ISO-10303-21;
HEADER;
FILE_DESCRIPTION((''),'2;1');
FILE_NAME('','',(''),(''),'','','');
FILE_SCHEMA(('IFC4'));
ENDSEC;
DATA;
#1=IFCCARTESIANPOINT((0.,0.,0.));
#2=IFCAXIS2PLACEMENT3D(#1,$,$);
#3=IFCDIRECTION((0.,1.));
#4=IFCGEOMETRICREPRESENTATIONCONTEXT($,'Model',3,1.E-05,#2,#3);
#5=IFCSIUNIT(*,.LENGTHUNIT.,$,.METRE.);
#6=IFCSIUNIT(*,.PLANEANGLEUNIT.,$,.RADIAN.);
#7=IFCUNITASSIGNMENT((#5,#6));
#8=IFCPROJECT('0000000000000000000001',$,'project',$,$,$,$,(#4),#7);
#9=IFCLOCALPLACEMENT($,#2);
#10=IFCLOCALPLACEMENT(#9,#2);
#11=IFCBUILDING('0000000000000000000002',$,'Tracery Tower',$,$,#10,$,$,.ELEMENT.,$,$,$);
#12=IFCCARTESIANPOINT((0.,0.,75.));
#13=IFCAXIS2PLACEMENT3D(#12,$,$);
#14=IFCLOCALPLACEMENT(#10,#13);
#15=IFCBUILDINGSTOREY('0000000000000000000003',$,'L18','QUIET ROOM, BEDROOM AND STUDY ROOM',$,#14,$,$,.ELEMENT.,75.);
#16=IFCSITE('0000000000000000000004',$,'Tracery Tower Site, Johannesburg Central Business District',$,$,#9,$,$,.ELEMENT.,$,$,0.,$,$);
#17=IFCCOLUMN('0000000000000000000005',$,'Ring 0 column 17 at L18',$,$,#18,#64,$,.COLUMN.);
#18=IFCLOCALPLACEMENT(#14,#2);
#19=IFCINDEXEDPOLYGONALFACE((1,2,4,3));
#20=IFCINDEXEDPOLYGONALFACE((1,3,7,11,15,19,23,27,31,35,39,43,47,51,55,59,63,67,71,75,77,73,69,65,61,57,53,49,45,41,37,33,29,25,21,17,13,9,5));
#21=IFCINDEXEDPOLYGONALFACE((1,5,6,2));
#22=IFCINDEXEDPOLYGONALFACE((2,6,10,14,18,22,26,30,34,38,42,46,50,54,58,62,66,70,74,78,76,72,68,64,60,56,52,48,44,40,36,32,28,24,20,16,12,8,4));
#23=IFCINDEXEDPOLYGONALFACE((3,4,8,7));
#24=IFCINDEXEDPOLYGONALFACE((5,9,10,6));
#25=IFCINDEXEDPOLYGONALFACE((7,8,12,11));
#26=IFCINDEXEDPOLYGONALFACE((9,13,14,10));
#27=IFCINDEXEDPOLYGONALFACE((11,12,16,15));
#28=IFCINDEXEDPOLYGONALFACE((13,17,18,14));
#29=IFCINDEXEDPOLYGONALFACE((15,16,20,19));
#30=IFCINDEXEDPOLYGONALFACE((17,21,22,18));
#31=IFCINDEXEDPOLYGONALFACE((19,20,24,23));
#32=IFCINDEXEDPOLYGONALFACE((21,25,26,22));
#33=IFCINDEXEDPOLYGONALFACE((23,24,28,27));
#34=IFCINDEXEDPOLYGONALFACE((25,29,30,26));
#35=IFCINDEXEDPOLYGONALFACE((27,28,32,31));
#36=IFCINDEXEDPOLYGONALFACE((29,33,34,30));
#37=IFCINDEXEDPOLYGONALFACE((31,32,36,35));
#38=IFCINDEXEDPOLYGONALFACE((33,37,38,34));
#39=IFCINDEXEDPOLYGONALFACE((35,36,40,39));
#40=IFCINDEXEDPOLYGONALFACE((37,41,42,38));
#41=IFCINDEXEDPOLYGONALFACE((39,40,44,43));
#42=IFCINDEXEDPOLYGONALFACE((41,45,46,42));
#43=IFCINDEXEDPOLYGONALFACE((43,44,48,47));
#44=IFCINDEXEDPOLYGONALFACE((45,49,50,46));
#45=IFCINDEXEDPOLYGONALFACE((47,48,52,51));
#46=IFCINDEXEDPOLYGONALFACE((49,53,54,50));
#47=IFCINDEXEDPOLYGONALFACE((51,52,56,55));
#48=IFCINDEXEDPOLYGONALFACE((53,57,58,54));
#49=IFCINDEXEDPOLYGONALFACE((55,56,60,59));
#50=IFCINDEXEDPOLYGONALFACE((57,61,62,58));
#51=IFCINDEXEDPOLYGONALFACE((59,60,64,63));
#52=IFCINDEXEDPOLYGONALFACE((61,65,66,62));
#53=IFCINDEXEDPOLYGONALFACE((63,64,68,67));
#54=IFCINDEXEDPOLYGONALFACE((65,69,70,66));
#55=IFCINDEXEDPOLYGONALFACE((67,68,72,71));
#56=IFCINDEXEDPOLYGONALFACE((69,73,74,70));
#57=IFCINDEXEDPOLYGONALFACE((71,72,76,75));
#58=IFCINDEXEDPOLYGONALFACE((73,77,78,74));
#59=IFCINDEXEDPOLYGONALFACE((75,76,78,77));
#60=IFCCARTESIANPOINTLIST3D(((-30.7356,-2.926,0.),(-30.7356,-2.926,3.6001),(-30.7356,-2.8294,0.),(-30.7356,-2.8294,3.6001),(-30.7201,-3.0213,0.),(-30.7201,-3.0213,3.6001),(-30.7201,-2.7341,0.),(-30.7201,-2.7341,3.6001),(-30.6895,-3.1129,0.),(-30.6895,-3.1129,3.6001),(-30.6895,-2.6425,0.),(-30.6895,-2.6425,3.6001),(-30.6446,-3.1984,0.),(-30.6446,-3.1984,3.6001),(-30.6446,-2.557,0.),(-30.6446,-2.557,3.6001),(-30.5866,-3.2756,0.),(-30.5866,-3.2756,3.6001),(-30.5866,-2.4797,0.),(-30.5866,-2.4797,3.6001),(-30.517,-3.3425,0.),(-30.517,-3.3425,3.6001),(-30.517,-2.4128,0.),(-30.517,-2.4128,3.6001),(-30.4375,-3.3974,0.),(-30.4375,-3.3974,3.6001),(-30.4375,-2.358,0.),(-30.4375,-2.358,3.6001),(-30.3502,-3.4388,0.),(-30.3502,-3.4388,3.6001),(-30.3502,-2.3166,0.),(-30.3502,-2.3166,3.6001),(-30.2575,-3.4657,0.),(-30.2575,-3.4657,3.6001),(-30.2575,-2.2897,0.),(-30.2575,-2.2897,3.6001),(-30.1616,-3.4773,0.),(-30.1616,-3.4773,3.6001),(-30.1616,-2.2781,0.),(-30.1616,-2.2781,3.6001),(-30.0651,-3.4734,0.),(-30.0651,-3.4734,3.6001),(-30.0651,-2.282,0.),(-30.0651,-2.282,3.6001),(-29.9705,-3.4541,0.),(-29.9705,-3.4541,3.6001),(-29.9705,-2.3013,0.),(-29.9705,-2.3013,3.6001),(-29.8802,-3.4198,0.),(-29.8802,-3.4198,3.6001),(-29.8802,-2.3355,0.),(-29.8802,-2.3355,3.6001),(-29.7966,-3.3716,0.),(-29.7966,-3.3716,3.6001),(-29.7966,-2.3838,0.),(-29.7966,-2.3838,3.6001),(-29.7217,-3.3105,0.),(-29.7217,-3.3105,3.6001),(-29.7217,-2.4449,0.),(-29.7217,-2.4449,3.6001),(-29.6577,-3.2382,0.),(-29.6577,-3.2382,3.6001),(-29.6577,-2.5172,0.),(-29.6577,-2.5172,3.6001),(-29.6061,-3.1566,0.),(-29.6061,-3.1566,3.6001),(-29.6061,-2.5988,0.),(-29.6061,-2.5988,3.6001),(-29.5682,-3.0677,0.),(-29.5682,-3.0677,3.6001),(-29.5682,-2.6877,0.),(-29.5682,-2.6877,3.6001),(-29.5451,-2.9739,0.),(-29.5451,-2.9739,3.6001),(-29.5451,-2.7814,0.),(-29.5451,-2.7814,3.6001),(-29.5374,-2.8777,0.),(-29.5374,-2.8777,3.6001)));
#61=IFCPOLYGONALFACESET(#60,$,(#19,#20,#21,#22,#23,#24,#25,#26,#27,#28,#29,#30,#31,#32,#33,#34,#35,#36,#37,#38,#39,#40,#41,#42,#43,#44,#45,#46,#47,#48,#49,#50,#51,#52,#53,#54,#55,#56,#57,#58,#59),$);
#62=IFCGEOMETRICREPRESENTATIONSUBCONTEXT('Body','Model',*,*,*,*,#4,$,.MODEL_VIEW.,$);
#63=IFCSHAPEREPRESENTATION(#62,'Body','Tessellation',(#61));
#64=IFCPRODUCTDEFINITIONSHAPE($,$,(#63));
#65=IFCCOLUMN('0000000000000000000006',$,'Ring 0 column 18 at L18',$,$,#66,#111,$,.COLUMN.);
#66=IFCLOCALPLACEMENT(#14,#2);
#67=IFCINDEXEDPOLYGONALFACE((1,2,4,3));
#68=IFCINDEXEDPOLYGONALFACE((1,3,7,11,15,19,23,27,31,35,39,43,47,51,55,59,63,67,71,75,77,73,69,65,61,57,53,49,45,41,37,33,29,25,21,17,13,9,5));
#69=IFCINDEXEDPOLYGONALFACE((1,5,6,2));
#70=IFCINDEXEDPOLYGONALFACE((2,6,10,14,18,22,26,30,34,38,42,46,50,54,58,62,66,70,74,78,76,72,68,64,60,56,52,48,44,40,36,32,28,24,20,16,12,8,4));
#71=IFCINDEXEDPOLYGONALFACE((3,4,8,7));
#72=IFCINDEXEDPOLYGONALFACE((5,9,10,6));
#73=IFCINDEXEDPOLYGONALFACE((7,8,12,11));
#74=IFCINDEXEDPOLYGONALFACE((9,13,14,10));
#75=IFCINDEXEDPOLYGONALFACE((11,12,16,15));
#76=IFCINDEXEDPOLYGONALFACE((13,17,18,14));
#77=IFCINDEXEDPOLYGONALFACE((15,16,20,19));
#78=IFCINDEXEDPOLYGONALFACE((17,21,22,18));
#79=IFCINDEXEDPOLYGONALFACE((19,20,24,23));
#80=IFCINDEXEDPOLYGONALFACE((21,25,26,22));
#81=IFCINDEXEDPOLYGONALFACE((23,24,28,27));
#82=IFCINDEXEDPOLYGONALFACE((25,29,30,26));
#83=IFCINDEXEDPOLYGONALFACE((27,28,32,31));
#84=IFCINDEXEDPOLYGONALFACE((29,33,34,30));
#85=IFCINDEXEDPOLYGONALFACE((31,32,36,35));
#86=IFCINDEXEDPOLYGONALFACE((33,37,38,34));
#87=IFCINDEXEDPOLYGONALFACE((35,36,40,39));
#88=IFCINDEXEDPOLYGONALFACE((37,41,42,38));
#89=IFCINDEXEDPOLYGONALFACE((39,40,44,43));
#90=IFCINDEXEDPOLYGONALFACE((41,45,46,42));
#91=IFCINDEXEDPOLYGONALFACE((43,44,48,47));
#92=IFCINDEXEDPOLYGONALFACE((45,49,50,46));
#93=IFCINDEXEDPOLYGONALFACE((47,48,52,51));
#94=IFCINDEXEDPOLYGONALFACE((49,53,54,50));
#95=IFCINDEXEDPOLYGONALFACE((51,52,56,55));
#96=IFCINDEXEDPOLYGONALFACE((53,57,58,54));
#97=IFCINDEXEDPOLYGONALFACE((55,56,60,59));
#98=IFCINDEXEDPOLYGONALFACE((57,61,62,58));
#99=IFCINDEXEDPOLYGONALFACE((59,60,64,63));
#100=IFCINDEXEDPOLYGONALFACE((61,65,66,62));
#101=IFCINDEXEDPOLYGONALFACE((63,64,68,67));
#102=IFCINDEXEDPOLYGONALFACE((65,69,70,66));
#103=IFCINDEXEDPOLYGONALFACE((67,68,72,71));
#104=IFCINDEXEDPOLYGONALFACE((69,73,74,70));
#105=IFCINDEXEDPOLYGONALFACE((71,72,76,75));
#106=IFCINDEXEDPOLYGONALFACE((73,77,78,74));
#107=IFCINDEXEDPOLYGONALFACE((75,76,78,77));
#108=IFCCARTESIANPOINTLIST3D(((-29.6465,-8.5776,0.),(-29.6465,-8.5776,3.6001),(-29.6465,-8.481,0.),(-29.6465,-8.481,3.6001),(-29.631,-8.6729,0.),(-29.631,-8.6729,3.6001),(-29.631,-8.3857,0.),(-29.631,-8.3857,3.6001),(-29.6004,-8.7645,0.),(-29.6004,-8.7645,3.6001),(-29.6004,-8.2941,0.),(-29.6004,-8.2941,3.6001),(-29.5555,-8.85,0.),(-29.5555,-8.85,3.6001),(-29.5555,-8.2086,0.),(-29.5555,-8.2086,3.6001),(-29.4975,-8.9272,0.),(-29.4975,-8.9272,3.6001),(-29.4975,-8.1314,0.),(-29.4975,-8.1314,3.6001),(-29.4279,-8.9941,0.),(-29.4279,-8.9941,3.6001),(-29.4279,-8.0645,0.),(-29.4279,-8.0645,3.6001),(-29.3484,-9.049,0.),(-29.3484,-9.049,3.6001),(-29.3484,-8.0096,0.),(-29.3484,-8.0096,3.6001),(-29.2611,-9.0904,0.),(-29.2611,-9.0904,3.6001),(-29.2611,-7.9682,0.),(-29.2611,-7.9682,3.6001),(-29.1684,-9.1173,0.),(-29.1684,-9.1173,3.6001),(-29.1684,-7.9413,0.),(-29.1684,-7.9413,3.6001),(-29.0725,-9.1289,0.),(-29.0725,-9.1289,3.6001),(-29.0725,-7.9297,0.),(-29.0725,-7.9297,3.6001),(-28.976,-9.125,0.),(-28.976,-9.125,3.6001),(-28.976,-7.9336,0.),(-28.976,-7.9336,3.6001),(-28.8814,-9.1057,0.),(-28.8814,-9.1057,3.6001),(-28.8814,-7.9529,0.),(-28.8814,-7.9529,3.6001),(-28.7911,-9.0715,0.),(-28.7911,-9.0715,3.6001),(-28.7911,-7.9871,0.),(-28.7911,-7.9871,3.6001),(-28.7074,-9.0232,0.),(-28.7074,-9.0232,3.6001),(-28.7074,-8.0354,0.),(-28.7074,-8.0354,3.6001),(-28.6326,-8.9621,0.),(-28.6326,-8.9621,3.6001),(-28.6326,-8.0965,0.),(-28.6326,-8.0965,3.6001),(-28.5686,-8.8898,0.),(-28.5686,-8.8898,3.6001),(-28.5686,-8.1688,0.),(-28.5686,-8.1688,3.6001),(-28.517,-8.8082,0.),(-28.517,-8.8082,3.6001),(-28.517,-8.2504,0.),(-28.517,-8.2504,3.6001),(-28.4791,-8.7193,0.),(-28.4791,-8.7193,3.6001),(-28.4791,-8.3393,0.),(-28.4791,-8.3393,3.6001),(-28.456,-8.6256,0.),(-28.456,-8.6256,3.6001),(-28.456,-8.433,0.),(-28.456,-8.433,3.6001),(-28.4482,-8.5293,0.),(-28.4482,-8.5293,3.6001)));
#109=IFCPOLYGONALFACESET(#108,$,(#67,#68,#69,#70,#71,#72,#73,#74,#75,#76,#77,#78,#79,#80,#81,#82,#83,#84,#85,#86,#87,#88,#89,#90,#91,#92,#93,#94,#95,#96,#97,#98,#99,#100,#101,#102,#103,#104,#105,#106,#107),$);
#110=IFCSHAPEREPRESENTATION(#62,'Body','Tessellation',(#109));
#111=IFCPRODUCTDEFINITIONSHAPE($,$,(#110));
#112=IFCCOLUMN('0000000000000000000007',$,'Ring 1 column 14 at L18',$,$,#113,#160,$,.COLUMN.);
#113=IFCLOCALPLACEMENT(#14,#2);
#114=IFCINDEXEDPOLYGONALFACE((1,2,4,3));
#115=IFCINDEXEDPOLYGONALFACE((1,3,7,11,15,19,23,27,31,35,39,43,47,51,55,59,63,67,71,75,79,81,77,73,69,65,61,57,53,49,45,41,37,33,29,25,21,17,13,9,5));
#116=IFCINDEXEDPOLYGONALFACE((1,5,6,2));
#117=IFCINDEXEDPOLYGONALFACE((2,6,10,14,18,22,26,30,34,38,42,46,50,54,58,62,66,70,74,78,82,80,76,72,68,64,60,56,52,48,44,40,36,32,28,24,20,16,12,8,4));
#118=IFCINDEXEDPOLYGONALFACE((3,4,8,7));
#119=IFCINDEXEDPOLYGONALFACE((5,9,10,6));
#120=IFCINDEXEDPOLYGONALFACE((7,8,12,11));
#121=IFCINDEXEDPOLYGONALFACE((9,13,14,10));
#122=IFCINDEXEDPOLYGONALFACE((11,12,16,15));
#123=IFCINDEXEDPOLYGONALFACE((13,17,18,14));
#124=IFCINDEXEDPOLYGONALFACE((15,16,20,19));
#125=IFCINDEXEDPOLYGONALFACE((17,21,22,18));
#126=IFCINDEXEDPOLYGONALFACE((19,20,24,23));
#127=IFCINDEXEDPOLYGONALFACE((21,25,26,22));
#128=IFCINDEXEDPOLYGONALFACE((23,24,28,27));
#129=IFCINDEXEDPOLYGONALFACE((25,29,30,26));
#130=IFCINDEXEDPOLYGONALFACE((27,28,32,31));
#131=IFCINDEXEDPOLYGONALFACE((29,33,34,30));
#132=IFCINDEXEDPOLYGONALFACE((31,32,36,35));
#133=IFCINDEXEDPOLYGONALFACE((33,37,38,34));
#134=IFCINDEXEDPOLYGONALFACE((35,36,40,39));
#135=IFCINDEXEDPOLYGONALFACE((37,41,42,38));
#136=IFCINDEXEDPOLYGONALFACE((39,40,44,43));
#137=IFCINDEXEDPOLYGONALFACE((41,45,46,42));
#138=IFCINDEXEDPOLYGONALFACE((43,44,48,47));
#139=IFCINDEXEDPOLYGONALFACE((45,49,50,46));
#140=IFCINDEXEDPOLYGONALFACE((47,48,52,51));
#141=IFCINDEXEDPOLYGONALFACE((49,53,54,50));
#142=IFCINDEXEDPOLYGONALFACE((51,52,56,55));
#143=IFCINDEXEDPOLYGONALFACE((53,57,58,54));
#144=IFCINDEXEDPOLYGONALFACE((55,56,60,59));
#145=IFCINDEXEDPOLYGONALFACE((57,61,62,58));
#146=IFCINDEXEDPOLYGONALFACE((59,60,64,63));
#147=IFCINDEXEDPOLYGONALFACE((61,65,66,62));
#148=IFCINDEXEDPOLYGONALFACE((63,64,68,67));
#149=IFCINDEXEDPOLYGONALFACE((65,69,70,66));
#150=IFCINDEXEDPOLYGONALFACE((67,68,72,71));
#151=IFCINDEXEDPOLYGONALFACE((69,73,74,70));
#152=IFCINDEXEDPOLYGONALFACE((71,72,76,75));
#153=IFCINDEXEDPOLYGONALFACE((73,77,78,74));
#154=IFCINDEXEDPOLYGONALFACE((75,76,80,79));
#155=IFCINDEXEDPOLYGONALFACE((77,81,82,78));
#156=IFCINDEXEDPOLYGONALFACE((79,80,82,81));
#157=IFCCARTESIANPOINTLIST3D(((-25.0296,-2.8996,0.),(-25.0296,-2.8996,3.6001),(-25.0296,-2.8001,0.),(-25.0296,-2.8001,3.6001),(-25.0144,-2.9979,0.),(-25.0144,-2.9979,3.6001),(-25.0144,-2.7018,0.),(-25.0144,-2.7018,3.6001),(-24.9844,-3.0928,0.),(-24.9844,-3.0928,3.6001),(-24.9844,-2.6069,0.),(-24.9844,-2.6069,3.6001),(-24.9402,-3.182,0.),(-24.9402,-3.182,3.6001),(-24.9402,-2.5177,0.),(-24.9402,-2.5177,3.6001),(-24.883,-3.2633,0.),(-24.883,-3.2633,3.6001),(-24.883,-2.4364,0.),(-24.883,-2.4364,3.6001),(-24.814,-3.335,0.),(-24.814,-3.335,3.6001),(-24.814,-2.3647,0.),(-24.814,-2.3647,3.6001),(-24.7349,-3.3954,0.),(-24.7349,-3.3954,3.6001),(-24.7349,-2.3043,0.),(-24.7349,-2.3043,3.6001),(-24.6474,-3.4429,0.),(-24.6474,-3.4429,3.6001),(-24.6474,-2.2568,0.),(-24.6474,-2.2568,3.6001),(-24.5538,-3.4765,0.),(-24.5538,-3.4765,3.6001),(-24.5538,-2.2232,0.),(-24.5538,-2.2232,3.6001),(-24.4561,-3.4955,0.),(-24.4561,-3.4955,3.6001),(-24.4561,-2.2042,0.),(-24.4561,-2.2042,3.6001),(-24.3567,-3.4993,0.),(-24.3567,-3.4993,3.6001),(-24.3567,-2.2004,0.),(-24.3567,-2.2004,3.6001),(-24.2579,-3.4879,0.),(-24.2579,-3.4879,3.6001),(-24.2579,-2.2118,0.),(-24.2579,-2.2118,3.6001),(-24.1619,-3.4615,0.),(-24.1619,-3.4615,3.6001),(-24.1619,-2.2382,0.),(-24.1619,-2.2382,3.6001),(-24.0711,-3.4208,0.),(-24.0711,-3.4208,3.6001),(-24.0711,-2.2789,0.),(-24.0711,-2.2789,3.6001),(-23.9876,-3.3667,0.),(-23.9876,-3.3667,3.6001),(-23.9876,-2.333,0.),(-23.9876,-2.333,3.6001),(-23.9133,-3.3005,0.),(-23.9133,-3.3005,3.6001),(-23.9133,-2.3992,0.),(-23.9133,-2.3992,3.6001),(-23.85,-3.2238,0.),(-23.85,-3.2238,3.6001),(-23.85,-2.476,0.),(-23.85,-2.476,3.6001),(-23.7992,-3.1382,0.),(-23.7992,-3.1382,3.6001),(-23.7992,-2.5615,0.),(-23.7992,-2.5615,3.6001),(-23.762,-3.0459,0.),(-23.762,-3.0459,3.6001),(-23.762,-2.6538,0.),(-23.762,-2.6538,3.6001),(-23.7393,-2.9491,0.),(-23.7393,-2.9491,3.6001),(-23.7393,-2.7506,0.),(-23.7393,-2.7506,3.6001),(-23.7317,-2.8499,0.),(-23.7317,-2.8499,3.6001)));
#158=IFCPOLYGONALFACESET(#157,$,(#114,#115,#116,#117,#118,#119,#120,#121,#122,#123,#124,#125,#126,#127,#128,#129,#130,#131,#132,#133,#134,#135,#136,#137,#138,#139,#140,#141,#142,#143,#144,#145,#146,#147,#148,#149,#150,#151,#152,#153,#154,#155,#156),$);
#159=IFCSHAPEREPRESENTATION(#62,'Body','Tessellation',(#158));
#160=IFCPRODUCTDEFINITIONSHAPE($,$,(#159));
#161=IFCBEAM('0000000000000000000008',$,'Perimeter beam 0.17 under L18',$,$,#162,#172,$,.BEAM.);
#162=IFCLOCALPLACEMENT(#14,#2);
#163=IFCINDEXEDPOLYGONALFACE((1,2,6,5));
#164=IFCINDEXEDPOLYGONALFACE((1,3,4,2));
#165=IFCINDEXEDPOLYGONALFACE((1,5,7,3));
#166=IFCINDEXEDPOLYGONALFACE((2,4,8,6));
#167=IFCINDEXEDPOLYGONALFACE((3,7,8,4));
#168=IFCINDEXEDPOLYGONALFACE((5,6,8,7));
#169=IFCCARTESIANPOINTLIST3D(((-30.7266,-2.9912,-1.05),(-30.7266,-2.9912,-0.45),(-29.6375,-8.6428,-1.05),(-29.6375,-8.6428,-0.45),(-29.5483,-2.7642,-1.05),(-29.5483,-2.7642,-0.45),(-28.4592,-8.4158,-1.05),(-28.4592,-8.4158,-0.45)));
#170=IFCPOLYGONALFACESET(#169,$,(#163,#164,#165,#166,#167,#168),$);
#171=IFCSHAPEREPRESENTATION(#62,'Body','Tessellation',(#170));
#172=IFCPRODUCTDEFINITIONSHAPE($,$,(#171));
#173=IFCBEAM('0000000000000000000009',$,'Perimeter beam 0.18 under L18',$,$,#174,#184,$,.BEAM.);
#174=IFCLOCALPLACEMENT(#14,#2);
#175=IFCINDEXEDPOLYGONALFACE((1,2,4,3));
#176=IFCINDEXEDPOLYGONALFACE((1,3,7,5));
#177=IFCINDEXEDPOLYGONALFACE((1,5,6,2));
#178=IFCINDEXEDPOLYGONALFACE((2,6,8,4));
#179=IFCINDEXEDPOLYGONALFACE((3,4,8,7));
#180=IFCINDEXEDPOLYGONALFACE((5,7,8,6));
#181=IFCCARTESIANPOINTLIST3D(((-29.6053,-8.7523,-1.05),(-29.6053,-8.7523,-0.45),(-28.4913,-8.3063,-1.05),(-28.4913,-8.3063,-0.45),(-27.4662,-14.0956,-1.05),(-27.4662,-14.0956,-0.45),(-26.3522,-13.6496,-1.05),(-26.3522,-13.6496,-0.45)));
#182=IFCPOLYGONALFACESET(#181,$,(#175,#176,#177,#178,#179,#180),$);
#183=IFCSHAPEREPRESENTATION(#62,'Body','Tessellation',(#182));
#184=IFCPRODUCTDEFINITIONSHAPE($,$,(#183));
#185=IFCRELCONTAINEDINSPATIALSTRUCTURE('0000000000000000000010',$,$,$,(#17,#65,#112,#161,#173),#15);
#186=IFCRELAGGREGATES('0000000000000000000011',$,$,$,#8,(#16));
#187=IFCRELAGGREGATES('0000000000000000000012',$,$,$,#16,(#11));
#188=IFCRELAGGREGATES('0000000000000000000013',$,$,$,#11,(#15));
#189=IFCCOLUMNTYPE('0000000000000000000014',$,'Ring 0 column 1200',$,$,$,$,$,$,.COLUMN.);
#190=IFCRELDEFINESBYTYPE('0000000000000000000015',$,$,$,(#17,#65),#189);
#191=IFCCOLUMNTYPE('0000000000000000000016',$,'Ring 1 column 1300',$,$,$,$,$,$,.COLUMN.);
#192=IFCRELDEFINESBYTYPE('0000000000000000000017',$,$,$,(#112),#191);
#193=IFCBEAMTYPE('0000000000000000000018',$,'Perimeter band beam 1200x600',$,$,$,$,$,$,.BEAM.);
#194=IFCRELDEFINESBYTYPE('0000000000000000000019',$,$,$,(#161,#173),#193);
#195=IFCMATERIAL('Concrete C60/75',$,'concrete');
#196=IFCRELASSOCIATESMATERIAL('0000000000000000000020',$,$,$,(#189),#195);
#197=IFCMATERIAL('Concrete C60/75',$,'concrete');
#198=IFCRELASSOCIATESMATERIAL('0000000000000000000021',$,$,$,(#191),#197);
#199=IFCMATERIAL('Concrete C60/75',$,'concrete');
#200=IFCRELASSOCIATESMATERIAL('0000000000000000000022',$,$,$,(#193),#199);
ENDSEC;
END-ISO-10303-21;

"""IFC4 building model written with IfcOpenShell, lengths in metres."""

from ifc_helpers import new_model, si_unit, direction, frame, origin, origin_2d, place, context, subcontext, project, spatial, rectangle, circle, extrude, material, material_profile, profile_set, type_object, element, save


model = new_model("IFC4")

# Units and contexts
model_context = context("Model", 3, precision=1e-05, world=origin(), true_north=direction((0.0, 1.0)))
body_context = subcontext(model_context, "Body", "Model", "MODEL_VIEW")
ifc_project = project(units=[si_unit("LENGTHUNIT", "METRE"), si_unit("PLANEANGLEUNIT", "RADIAN")], contexts=[model_context])

# Site, building, storey
site_placement = place(None, origin())
site = spatial("IfcSite", under=ifc_project, at=site_placement, Name="Tracery Tower Site, Johannesburg Central Business District", CompositionType="ELEMENT", RefElevation=0.0)
building_placement = place(site_placement, origin())
building = spatial("IfcBuilding", under=site, at=building_placement, Name="Tracery Tower", CompositionType="ELEMENT")
storey_placement = place(building_placement, frame((0.0, 0.0, 75.0)))
storey = spatial("IfcBuildingStorey", under=building, at=storey_placement, Name="L18", Description="QUIET ROOM, BEDROOM AND STUDY ROOM", CompositionType="ELEMENT", Elevation=75.0)

# Columns
ifc_material_1 = material(Name="Concrete C60/75", Category="concrete")
ifc_material_profile_1 = material_profile(ifc_material_1, circle(Radius=0.6001, at=origin_2d()), Name="RC D1200")
ifc_profile_set_1 = profile_set([ifc_material_profile_1], Name="Concrete C60/75")
column_type_1 = type_object("IfcColumnType", Name="Ring 0 column 1200", PredefinedType="COLUMN", material=ifc_profile_set_1)
for number, where, z_axis, x_axis, name in (
    (1, (-30.1375, -2.8777, 0.0), (0.0, 0.0, 1.0), (1.0, 0.0, 0.0), "Ring 0 column 17 at L18"),
    (2, (-29.0483, -8.5293, 0.0), (0.0, 0.0, 1.0), (1.0, 0.0, 0.0), "Ring 0 column 18 at L18"),
):
    element("IfcColumn", number, at=place(storey_placement, frame(where, z_axis=z_axis, x_axis=x_axis)), inside=storey, type_object=column_type_1, Name=name, PredefinedType="COLUMN", context=body_context, shape_type="SweptSolid", body=[
        extrude(circle(Radius=0.6001, at=origin_2d()), origin(), (0.0, 0.0, 1.0), 3.6001),
    ])
ifc_material_2 = material(Name="Concrete C60/75", Category="concrete")
ifc_material_profile_2 = material_profile(ifc_material_2, circle(Radius=0.6499, at=origin_2d()), Name="RC D1300")
ifc_profile_set_2 = profile_set([ifc_material_profile_2], Name="Concrete C60/75")
column_type_2 = type_object("IfcColumnType", Name="Ring 1 column 1300", PredefinedType="COLUMN", material=ifc_profile_set_2)
column_placement = place(storey_placement, frame((-24.3816, -2.8499, 0.0), z_axis=(0.0, 0.0, 1.0), x_axis=(1.0, 0.0, 0.0)))
element("IfcColumn", 3, at=column_placement, inside=storey, type_object=column_type_2, Name="Ring 1 column 14 at L18", PredefinedType="COLUMN", context=body_context, shape_type="SweptSolid", body=[
    extrude(circle(Radius=0.6499, at=origin_2d()), origin(), (0.0, 0.0, 1.0), 3.6001),
])

# Beams
ifc_material_3 = material(Name="Concrete C60/75", Category="concrete")
ifc_material_profile_3 = material_profile(ifc_material_3, rectangle(XDim=1.2, YDim=0.6001, at=origin_2d()), Name="RC 1200x600")
ifc_profile_set_3 = profile_set([ifc_material_profile_3], Name="Concrete C60/75")
beam_type = type_object("IfcBeamType", Name="Perimeter band beam 1200x600", PredefinedType="BEAM", material=ifc_profile_set_3)
for number, where, z_axis, x_axis, name in (
    (4, (-30.1375, -2.8777, -0.75), (0.189227, -0.981933, 0.0), (0.981933, 0.189227, 0.0), "Perimeter beam 0.17 under L18"),
    (5, (-29.0483, -8.5293, -0.75), (0.371669, -0.928365, 0.0), (0.928365, 0.371669, 0.0), "Perimeter beam 0.18 under L18"),
):
    element("IfcBeam", number, at=place(storey_placement, frame(where, z_axis=z_axis, x_axis=x_axis)), inside=storey, type_object=beam_type, Name=name, PredefinedType="BEAM", context=body_context, shape_type="SweptSolid", body=[
        extrude(rectangle(XDim=1.2, YDim=0.6001, at=origin_2d()), origin(), (0.0, 0.0, 1.0), 5.7556),
    ])

save(model, "model.ifc")
